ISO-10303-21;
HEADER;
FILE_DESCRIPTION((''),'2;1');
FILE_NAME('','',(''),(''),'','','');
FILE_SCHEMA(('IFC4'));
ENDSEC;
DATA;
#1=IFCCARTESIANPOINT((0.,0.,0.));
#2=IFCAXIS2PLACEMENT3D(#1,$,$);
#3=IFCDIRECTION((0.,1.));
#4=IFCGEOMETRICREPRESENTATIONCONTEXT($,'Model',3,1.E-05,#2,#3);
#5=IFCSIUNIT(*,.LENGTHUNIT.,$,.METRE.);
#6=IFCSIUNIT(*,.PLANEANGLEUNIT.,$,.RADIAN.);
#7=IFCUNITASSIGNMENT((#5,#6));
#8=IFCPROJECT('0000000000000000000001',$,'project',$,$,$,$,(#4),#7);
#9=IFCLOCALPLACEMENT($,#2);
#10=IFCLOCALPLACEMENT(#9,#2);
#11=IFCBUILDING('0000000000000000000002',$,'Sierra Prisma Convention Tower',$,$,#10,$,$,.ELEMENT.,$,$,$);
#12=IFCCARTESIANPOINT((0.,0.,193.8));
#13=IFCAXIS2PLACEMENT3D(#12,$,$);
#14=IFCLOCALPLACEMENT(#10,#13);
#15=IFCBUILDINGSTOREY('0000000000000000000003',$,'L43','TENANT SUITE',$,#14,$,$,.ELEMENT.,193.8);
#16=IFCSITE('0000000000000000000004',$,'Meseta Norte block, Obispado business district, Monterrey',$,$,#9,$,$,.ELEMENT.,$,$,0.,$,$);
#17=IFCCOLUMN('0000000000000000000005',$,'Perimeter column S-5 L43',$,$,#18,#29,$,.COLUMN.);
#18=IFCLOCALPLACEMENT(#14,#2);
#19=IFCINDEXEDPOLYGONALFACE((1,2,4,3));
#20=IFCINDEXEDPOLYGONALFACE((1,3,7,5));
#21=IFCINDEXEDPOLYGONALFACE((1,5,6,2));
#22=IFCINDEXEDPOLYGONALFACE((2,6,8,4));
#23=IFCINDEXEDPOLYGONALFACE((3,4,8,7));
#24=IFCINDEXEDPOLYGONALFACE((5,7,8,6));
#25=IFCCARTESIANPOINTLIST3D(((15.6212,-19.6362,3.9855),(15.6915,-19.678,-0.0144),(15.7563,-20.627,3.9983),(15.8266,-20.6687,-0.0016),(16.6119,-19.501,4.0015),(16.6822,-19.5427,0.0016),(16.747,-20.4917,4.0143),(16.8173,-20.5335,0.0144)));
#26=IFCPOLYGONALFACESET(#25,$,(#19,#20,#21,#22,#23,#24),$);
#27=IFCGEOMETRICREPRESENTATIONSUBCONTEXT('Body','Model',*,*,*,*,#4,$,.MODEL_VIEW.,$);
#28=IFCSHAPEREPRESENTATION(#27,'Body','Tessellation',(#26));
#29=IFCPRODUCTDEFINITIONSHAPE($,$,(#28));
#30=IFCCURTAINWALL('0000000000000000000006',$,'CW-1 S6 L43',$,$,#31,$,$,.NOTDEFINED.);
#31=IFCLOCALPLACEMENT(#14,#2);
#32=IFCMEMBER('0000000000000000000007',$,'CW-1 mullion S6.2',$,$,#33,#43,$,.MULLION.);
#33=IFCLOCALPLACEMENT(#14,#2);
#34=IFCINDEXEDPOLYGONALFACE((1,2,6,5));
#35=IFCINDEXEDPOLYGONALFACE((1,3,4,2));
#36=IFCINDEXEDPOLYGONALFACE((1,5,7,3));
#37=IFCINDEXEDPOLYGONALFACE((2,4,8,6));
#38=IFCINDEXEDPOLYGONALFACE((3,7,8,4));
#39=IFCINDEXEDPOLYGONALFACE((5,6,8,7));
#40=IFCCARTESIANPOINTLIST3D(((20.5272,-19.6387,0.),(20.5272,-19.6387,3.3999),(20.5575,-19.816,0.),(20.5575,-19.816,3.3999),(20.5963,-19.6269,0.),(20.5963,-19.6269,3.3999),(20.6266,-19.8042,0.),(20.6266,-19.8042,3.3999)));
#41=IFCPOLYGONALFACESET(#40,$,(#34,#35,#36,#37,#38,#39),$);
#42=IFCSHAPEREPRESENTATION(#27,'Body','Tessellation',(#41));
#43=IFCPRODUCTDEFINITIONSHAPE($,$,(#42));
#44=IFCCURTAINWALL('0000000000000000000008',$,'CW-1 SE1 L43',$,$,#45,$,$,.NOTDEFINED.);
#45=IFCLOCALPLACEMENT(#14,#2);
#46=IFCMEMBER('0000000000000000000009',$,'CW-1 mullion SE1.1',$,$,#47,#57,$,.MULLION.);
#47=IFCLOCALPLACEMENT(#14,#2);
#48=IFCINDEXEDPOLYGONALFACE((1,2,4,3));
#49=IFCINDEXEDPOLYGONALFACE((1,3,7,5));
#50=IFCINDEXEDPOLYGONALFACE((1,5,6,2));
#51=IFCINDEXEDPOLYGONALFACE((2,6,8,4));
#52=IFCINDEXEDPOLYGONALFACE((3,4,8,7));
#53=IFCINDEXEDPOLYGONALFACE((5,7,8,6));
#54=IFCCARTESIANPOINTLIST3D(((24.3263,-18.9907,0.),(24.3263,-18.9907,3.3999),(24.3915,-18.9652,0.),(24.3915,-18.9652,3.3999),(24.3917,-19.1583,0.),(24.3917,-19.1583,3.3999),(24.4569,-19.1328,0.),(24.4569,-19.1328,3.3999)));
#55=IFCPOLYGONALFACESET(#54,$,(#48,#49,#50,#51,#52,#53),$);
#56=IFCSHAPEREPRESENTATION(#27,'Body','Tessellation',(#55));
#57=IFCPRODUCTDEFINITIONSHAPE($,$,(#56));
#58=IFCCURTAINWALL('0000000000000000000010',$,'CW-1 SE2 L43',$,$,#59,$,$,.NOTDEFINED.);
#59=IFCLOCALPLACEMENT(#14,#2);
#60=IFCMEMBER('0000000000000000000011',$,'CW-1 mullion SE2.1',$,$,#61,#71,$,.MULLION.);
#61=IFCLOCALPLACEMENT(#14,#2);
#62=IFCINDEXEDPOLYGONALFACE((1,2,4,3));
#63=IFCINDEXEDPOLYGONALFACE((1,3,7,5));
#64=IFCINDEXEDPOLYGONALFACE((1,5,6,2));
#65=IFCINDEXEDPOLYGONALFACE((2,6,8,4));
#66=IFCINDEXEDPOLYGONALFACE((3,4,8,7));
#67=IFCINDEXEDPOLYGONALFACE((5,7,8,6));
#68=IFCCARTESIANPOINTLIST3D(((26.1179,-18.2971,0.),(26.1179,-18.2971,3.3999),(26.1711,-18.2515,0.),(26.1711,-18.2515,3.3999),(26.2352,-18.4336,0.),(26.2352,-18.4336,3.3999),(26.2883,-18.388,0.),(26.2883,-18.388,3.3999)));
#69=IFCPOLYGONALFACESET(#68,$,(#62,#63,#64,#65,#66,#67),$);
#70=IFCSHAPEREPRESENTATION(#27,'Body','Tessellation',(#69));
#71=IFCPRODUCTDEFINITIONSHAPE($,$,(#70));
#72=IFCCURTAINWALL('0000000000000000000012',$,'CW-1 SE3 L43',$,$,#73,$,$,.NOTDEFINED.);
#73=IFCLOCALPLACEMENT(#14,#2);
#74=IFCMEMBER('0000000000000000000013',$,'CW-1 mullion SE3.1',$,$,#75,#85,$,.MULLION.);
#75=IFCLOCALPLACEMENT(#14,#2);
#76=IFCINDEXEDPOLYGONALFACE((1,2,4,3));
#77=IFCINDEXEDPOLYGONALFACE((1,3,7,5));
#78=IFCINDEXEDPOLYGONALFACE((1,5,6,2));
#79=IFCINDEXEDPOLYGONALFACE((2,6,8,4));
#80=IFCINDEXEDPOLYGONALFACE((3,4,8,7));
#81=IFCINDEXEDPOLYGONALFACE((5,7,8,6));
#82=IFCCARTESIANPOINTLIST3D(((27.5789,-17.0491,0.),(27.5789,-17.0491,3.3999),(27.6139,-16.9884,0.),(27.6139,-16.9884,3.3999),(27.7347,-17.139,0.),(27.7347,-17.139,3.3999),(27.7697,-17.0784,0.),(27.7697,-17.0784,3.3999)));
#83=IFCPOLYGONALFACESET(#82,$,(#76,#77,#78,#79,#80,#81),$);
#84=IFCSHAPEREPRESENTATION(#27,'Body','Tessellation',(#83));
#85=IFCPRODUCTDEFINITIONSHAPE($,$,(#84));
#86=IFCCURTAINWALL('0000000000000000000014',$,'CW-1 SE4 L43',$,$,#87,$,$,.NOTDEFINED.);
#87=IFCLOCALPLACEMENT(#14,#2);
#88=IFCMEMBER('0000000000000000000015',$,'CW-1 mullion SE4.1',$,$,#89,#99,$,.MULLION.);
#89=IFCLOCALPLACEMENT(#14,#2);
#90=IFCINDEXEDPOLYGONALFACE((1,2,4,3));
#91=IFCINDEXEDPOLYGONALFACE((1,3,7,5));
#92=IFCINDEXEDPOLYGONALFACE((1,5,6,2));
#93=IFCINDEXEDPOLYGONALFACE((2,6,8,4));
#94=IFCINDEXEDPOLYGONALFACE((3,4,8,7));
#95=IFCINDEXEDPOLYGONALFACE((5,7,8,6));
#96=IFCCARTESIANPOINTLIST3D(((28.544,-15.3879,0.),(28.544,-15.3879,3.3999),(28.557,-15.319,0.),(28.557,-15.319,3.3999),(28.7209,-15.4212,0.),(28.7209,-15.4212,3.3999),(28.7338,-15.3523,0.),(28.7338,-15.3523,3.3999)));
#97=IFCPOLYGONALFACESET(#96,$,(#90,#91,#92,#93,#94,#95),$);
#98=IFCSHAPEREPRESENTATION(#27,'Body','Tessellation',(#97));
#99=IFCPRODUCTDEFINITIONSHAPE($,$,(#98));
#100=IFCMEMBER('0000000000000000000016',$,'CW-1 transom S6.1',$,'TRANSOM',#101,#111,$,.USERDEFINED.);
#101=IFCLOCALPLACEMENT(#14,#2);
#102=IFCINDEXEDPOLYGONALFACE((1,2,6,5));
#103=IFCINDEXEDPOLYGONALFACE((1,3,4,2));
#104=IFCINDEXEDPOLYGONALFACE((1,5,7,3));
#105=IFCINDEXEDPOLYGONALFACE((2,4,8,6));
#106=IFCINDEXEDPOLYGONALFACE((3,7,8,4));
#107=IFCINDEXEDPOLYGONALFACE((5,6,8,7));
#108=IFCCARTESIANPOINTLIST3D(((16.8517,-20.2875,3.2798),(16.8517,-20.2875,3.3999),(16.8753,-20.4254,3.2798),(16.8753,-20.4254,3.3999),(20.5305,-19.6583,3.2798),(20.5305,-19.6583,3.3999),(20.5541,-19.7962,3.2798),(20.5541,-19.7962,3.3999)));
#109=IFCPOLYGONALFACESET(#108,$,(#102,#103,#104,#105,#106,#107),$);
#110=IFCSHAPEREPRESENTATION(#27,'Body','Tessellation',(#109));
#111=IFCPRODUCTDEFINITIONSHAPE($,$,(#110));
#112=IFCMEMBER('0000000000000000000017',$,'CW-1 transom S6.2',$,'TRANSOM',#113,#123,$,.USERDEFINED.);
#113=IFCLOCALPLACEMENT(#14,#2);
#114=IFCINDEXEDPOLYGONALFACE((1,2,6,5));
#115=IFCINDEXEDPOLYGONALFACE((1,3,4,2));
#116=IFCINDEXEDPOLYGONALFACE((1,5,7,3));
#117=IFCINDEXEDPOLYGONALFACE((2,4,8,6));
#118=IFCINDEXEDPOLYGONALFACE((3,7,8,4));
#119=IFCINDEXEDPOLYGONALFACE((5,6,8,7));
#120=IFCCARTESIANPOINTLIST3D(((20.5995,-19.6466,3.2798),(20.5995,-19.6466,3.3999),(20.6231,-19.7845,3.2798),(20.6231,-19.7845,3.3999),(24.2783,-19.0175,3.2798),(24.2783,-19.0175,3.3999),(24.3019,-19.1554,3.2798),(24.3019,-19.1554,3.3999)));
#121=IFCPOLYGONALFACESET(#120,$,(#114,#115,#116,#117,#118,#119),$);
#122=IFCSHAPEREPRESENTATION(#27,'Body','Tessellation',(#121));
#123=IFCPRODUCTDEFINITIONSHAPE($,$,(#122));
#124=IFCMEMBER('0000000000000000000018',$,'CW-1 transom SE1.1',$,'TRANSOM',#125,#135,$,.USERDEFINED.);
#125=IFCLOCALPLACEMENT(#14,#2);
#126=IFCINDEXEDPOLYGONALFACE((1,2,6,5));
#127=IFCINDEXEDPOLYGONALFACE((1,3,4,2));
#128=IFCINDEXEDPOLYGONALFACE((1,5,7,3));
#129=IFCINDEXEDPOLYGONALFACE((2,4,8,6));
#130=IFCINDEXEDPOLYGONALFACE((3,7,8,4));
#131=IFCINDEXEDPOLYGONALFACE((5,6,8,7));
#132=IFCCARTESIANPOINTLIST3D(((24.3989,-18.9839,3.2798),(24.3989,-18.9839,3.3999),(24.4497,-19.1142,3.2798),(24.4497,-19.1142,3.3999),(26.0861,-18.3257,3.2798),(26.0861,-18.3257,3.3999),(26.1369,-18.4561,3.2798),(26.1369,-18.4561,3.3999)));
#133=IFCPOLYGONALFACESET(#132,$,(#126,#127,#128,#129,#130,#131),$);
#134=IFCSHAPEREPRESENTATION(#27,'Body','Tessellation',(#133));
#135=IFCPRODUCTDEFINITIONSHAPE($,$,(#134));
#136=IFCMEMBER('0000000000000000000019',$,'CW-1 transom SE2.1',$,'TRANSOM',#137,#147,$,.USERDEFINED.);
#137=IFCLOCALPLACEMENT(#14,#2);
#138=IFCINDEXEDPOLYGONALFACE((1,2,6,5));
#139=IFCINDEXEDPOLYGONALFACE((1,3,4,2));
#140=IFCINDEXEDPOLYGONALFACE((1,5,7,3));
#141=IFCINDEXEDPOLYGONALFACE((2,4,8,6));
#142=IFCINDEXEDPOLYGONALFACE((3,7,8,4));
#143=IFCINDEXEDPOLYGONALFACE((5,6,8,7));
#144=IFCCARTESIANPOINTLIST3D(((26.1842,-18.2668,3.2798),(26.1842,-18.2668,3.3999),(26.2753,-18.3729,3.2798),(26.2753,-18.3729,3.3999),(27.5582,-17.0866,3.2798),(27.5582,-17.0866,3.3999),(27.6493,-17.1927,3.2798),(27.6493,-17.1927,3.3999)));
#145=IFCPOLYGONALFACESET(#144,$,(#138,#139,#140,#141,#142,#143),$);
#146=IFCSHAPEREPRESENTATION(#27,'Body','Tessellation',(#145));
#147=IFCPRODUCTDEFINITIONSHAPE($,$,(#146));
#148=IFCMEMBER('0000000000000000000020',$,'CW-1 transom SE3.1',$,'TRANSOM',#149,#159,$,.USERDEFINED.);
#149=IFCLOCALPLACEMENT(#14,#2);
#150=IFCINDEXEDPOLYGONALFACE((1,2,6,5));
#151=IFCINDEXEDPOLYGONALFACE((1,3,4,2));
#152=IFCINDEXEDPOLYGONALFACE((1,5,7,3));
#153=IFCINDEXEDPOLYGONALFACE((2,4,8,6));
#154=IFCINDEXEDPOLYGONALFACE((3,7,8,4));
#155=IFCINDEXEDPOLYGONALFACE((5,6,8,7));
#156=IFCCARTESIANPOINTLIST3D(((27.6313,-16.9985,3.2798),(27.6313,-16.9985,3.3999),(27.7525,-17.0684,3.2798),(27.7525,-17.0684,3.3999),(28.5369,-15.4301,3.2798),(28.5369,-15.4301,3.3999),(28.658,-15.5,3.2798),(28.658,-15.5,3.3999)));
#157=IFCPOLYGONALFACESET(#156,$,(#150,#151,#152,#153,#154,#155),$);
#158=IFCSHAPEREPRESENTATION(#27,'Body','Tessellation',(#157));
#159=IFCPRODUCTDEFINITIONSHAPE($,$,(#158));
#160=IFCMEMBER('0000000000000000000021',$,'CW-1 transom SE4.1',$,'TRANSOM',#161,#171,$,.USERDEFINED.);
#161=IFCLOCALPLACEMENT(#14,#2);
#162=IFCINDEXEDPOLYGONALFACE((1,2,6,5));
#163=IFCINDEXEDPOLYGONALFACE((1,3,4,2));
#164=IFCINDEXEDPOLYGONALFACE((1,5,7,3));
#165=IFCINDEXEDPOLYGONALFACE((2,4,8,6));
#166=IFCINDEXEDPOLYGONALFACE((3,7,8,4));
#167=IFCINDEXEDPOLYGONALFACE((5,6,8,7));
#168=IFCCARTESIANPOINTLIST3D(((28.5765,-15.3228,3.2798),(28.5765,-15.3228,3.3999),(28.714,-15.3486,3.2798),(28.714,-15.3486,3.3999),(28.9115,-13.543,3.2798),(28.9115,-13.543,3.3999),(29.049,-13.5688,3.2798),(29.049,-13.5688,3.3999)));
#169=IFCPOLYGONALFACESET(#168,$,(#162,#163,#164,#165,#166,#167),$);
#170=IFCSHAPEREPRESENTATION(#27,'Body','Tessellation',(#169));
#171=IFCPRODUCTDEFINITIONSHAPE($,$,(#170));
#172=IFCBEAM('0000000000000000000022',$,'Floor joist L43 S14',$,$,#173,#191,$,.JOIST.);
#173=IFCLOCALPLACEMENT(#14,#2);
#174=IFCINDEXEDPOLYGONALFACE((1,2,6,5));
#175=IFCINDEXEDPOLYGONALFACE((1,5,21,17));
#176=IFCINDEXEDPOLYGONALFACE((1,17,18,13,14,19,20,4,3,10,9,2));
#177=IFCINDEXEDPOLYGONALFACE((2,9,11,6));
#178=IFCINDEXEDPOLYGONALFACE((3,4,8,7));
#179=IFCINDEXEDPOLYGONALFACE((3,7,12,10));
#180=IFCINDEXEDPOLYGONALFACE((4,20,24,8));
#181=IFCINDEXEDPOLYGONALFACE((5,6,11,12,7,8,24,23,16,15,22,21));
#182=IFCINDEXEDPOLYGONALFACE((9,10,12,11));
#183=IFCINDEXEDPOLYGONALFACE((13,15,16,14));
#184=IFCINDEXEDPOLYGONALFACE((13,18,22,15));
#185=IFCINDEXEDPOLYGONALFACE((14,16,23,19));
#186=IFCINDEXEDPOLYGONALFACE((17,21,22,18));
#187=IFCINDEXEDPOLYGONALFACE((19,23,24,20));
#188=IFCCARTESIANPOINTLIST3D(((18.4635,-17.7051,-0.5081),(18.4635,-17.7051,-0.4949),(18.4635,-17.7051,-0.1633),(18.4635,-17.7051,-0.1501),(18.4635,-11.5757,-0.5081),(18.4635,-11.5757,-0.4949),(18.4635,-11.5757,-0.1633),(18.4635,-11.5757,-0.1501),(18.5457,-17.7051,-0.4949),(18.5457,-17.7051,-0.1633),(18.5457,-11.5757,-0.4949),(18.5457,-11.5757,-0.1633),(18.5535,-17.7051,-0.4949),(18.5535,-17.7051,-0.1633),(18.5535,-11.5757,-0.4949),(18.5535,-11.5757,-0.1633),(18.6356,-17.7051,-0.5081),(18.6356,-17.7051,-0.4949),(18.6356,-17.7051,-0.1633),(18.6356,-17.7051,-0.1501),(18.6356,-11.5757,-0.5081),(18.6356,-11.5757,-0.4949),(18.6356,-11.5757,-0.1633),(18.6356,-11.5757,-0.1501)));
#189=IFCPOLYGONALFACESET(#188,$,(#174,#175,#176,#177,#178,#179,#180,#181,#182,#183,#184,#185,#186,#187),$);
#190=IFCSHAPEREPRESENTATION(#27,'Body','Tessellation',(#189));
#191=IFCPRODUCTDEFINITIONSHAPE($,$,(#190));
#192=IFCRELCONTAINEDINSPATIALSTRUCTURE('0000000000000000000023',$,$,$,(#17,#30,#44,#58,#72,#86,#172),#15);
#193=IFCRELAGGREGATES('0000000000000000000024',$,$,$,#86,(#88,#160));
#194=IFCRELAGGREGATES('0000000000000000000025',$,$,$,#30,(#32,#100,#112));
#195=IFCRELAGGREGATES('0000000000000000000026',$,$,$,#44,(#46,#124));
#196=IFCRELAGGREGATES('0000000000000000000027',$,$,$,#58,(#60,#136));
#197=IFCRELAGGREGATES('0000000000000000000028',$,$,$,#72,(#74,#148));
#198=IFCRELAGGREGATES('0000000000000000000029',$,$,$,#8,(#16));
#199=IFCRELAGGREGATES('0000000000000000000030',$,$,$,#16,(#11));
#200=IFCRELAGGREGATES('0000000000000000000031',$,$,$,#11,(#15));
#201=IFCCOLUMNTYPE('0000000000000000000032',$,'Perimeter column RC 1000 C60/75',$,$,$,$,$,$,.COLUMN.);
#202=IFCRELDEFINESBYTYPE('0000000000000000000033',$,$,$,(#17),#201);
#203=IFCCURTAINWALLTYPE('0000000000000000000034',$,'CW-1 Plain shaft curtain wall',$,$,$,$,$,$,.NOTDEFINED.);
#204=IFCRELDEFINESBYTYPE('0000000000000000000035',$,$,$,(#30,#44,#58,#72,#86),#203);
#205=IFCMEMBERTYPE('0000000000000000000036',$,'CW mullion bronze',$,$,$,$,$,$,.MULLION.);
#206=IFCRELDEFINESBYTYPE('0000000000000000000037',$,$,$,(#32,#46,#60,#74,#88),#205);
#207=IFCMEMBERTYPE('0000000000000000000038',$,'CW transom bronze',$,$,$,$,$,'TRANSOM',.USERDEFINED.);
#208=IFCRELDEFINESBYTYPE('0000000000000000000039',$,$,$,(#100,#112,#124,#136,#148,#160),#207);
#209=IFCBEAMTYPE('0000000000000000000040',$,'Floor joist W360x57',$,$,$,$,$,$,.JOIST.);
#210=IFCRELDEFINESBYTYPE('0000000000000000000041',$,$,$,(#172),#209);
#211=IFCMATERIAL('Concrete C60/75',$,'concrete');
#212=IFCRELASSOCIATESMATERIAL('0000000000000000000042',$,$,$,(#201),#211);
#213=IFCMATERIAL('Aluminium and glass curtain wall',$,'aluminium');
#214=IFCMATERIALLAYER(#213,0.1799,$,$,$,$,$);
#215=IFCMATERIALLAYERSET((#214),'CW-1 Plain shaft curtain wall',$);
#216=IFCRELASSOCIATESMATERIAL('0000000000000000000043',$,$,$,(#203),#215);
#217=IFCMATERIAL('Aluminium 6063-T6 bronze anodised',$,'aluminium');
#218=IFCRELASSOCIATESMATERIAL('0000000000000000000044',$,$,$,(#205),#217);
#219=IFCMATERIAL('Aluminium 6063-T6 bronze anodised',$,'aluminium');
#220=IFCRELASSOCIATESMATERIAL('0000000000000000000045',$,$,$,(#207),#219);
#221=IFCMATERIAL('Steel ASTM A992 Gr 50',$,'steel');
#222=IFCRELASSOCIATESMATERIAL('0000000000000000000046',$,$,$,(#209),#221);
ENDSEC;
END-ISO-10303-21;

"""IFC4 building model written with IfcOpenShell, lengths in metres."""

from ifc_helpers import new_model, si_unit, direction, frame, origin, origin_2d, place, context, subcontext, project, spatial, rectangle, i_section, extrude, material, layer, layer_set, material_profile, profile_set, type_object, element, aggregate, save


model = new_model("IFC4")

# Units and contexts
model_context = context("Model", 3, precision=1e-05, world=origin(), true_north=direction((0.0, 1.0)))
body_context = subcontext(model_context, "Body", "Model", "MODEL_VIEW")
ifc_project = project(units=[si_unit("LENGTHUNIT", "METRE"), si_unit("PLANEANGLEUNIT", "RADIAN")], contexts=[model_context])

# Site, building, storey
site_placement = place(None, origin())
site = spatial("IfcSite", under=ifc_project, at=site_placement, Name="Meseta Norte block, Obispado business district, Monterrey", CompositionType="ELEMENT", RefElevation=0.0)
building_placement = place(site_placement, origin())
building = spatial("IfcBuilding", under=site, at=building_placement, Name="Sierra Prisma Convention Tower", CompositionType="ELEMENT")
storey_placement = place(building_placement, frame((0.0, 0.0, 193.8)))
storey = spatial("IfcBuildingStorey", under=building, at=storey_placement, Name="L43", Description="TENANT SUITE", CompositionType="ELEMENT", Elevation=193.8)

# Column
ifc_material_1 = material(Name="Concrete C60/75", Category="concrete")
ifc_material_profile_1 = material_profile(ifc_material_1, rectangle(XDim=1.0, YDim=1.0, at=origin_2d()), Name="Perimeter column RC 1000 C60/75")
ifc_profile_set_1 = profile_set([ifc_material_profile_1], Name="Concrete C60/75")
column_type = type_object("IfcColumnType", Name="Perimeter column RC 1000 C60/75", PredefinedType="COLUMN", material=ifc_profile_set_1)
column_placement = place(storey_placement, frame((16.2544, -20.1057, 0.0), z_axis=(-0.017574, 0.010435, 0.999791), x_axis=(0.990681, 0.135257, 0.016003)))
element("IfcColumn", 1, at=column_placement, inside=storey, type_object=column_type, Name="Perimeter column S-5 L43", PredefinedType="COLUMN", context=body_context, shape_type="SweptSolid", body=[
    extrude(rectangle(XDim=1.0, YDim=1.0, at=origin_2d()), origin(), (0.0, 0.0, 1.0), 4.0007),
])

# Curtain walls, members
ifc_material_2 = material(Name="Aluminium and glass curtain wall", Category="aluminium")
ifc_layer_1 = layer(ifc_material_2, 0.1799)
ifc_layer_set_1 = layer_set([ifc_layer_1], Name="CW-1 Plain shaft curtain wall")
curtain_wall_type = type_object("IfcCurtainWallType", Name="CW-1 Plain shaft curtain wall", PredefinedType="NOTDEFINED", material=ifc_layer_set_1)
curtain_wall_1_placement = place(storey_placement, origin())
curtain_wall_1 = element("IfcCurtainWall", 2, at=curtain_wall_1_placement, inside=storey, type_object=curtain_wall_type, Name="CW-1 S6 L43", PredefinedType="NOTDEFINED")
ifc_material_3 = material(Name="Aluminium 6063-T6 bronze anodised", Category="aluminium")
ifc_material_profile_2 = material_profile(ifc_material_3, rectangle(XDim=0.1799, YDim=0.0701, at=origin_2d()), Name="ALU MULLION 70x180")
ifc_profile_set_2 = profile_set([ifc_material_profile_2], Name="Aluminium 6063-T6 bronze anodised")
member_type_1 = type_object("IfcMemberType", Name="CW mullion bronze", PredefinedType="MULLION", material=ifc_profile_set_2)
member_1_placement = place(storey_placement, frame((20.5769, -19.7214, 0.0), z_axis=(0.0, 0.0, 1.0), x_axis=(-0.168563, 0.985691, 0.0)))
member_1 = element("IfcMember", 3, at=member_1_placement, type_object=member_type_1, Name="CW-1 mullion S6.2", PredefinedType="MULLION", context=body_context, shape_type="SweptSolid", body=[
    extrude(rectangle(XDim=0.1799, YDim=0.0701, at=origin_2d()), origin(), (0.0, 0.0, 1.0), 3.3999),
])
curtain_wall_2_placement = place(storey_placement, origin())
curtain_wall_2 = element("IfcCurtainWall", 4, at=curtain_wall_2_placement, inside=storey, type_object=curtain_wall_type, Name="CW-1 SE1 L43", PredefinedType="NOTDEFINED")
member_2_placement = place(storey_placement, frame((24.3916, -19.0618, 0.0), z_axis=(0.0, 0.0, 1.0), x_axis=(-0.363513, 0.931589, 0.0)))
member_2 = element("IfcMember", 5, at=member_2_placement, type_object=member_type_1, Name="CW-1 mullion SE1.1", PredefinedType="MULLION", context=body_context, shape_type="SweptSolid", body=[
    extrude(rectangle(XDim=0.1799, YDim=0.0701, at=origin_2d()), origin(), (0.0, 0.0, 1.0), 3.3999),
])
curtain_wall_3_placement = place(storey_placement, origin())
curtain_wall_3 = element("IfcCurtainWall", 6, at=curtain_wall_3_placement, inside=storey, type_object=curtain_wall_type, Name="CW-1 SE2 L43", PredefinedType="NOTDEFINED")
member_3_placement = place(storey_placement, frame((26.2031, -18.3425, 0.0), z_axis=(0.0, 0.0, 1.0), x_axis=(-0.651543, 0.758612, 0.0)))
member_3 = element("IfcMember", 7, at=member_3_placement, type_object=member_type_1, Name="CW-1 mullion SE2.1", PredefinedType="MULLION", context=body_context, shape_type="SweptSolid", body=[
    extrude(rectangle(XDim=0.1799, YDim=0.0701, at=origin_2d()), origin(), (0.0, 0.0, 1.0), 3.3999),
])
curtain_wall_4_placement = place(storey_placement, origin())
curtain_wall_4 = element("IfcCurtainWall", 8, at=curtain_wall_4_placement, inside=storey, type_object=curtain_wall_type, Name="CW-1 SE3 L43", PredefinedType="NOTDEFINED")
member_4_placement = place(storey_placement, frame((27.6743, -17.0637, 0.0), z_axis=(0.0, 0.0, 1.0), x_axis=(-0.866025, 0.5, 0.0)))
member_4 = element("IfcMember", 9, at=member_4_placement, type_object=member_type_1, Name="CW-1 mullion SE3.1", PredefinedType="MULLION", context=body_context, shape_type="SweptSolid", body=[
    extrude(rectangle(XDim=0.1799, YDim=0.0701, at=origin_2d()), origin(), (0.0, 0.0, 1.0), 3.3999),
])
curtain_wall_5_placement = place(storey_placement, origin())
curtain_wall_5 = element("IfcCurtainWall", 10, at=curtain_wall_5_placement, inside=storey, type_object=curtain_wall_type, Name="CW-1 SE4 L43", PredefinedType="NOTDEFINED")
member_5_placement = place(storey_placement, frame((28.6389, -15.3701, 0.0), z_axis=(0.0, 0.0, 1.0), x_axis=(-0.982748, 0.184947, 0.0)))
member_5 = element("IfcMember", 11, at=member_5_placement, type_object=member_type_1, Name="CW-1 mullion SE4.1", PredefinedType="MULLION", context=body_context, shape_type="SweptSolid", body=[
    extrude(rectangle(XDim=0.1799, YDim=0.0701, at=origin_2d()), origin(), (0.0, 0.0, 1.0), 3.3999),
])

# Members
ifc_material_4 = material(Name="Aluminium 6063-T6 bronze anodised", Category="aluminium")
ifc_material_profile_3 = material_profile(ifc_material_4, rectangle(XDim=0.1399, YDim=0.1201, at=origin_2d()), Name="ALU TRANSOM 120x140")
ifc_profile_set_3 = profile_set([ifc_material_profile_3], Name="Aluminium 6063-T6 bronze anodised")
member_type_2 = type_object("IfcMemberType", Name="CW transom bronze", ElementType="TRANSOM", PredefinedType="USERDEFINED", material=ifc_profile_set_3)
member_6_placement = place(storey_placement, frame((16.8635, -20.3564, 3.3398), z_axis=(0.985688, 0.168577, 0.0), x_axis=(-0.168577, 0.985688, 0.0)))
member_6 = element("IfcMember", 12, at=member_6_placement, type_object=member_type_2, Name="CW-1 transom S6.1", ObjectType="TRANSOM", PredefinedType="USERDEFINED", context=body_context, shape_type="SweptSolid", body=[
    extrude(rectangle(XDim=0.1399, YDim=0.1201, at=origin_2d()), origin(), (0.0, 0.0, 1.0), 3.7322),
])
member_7_placement = place(storey_placement, frame((20.6113, -19.7156, 3.3398), z_axis=(0.985688, 0.168577, 0.0), x_axis=(-0.168577, 0.985688, 0.0)))
member_7 = element("IfcMember", 13, at=member_7_placement, type_object=member_type_2, Name="CW-1 transom S6.2", ObjectType="TRANSOM", PredefinedType="USERDEFINED", context=body_context, shape_type="SweptSolid", body=[
    extrude(rectangle(XDim=0.1399, YDim=0.1201, at=origin_2d()), origin(), (0.0, 0.0, 1.0), 3.7322),
])
member_8_placement = place(storey_placement, frame((24.4243, -19.0491, 3.3398), z_axis=(0.931622, 0.363428, 0.0), x_axis=(-0.363428, 0.931622, 0.0)))
member_8 = element("IfcMember", 14, at=member_8_placement, type_object=member_type_2, Name="CW-1 transom SE1.1", ObjectType="TRANSOM", PredefinedType="USERDEFINED", context=body_context, shape_type="SweptSolid", body=[
    extrude(rectangle(XDim=0.1399, YDim=0.1201, at=origin_2d()), origin(), (0.0, 0.0, 1.0), 1.811),
])
member_9_placement = place(storey_placement, frame((26.2297, -18.3198, 3.3398), z_axis=(0.75859, 0.651568, 0.0), x_axis=(-0.651568, 0.75859, 0.0)))
member_9 = element("IfcMember", 15, at=member_9_placement, type_object=member_type_2, Name="CW-1 transom SE2.1", ObjectType="TRANSOM", PredefinedType="USERDEFINED", context=body_context, shape_type="SweptSolid", body=[
    extrude(rectangle(XDim=0.1399, YDim=0.1201, at=origin_2d()), origin(), (0.0, 0.0, 1.0), 1.8113),
])
member_10_placement = place(storey_placement, frame((27.6919, -17.0334, 3.3398), z_axis=(0.50001, 0.866019, 0.0), x_axis=(-0.866019, 0.50001, 0.0)))
member_10 = element("IfcMember", 16, at=member_10_placement, type_object=member_type_2, Name="CW-1 transom SE3.1", ObjectType="TRANSOM", PredefinedType="USERDEFINED", context=body_context, shape_type="SweptSolid", body=[
    extrude(rectangle(XDim=0.1399, YDim=0.1201, at=origin_2d()), origin(), (0.0, 0.0, 1.0), 1.811),
])
member_11_placement = place(storey_placement, frame((28.6453, -15.3357, 3.3398), z_axis=(0.184956, 0.982747, 0.0), x_axis=(-0.982747, 0.184956, 0.0)))
member_11 = element("IfcMember", 17, at=member_11_placement, type_object=member_type_2, Name="CW-1 transom SE4.1", ObjectType="TRANSOM", PredefinedType="USERDEFINED", context=body_context, shape_type="SweptSolid", body=[
    extrude(rectangle(XDim=0.1399, YDim=0.1201, at=origin_2d()), origin(), (0.0, 0.0, 1.0), 1.811),
])
aggregate(curtain_wall_5, [member_5, member_11])

# Beam
ifc_material_5 = material(Name="Steel ASTM A992 Gr 50", Category="steel")
ifc_material_profile_4 = material_profile(ifc_material_5, i_section(OverallWidth=0.1721, OverallDepth=0.3579, WebThickness=0.0078, FlangeThickness=0.0132, at=origin_2d()), Name="W360x57")
ifc_profile_set_4 = profile_set([ifc_material_profile_4], Name="Steel ASTM A992 Gr 50")
beam_type_1 = type_object("IfcBeamType", Name="Floor joist W360x57", PredefinedType="JOIST", material=ifc_profile_set_4)
beam_1_placement = place(storey_placement, frame((18.5496, -17.7051, -0.3291), z_axis=(0.0, 1.0, 0.0), x_axis=(-1.0, 0.0, 0.0)))
element("IfcBeam", 18, at=beam_1_placement, inside=storey, type_object=beam_type_1, Name="Floor joist L43 S14", PredefinedType="JOIST", context=body_context, shape_type="SweptSolid", body=[
    extrude(i_section(OverallWidth=0.1721, OverallDepth=0.3579, WebThickness=0.0078, FlangeThickness=0.0132, at=origin_2d()), origin(), (0.0, 0.0, 1.0), 6.1294),
])

aggregate(curtain_wall_1, [member_1, member_6, member_7])
aggregate(curtain_wall_2, [member_2, member_8])
aggregate(curtain_wall_3, [member_3, member_9])
aggregate(curtain_wall_4, [member_4, member_10])

save(model, "model.ifc")
